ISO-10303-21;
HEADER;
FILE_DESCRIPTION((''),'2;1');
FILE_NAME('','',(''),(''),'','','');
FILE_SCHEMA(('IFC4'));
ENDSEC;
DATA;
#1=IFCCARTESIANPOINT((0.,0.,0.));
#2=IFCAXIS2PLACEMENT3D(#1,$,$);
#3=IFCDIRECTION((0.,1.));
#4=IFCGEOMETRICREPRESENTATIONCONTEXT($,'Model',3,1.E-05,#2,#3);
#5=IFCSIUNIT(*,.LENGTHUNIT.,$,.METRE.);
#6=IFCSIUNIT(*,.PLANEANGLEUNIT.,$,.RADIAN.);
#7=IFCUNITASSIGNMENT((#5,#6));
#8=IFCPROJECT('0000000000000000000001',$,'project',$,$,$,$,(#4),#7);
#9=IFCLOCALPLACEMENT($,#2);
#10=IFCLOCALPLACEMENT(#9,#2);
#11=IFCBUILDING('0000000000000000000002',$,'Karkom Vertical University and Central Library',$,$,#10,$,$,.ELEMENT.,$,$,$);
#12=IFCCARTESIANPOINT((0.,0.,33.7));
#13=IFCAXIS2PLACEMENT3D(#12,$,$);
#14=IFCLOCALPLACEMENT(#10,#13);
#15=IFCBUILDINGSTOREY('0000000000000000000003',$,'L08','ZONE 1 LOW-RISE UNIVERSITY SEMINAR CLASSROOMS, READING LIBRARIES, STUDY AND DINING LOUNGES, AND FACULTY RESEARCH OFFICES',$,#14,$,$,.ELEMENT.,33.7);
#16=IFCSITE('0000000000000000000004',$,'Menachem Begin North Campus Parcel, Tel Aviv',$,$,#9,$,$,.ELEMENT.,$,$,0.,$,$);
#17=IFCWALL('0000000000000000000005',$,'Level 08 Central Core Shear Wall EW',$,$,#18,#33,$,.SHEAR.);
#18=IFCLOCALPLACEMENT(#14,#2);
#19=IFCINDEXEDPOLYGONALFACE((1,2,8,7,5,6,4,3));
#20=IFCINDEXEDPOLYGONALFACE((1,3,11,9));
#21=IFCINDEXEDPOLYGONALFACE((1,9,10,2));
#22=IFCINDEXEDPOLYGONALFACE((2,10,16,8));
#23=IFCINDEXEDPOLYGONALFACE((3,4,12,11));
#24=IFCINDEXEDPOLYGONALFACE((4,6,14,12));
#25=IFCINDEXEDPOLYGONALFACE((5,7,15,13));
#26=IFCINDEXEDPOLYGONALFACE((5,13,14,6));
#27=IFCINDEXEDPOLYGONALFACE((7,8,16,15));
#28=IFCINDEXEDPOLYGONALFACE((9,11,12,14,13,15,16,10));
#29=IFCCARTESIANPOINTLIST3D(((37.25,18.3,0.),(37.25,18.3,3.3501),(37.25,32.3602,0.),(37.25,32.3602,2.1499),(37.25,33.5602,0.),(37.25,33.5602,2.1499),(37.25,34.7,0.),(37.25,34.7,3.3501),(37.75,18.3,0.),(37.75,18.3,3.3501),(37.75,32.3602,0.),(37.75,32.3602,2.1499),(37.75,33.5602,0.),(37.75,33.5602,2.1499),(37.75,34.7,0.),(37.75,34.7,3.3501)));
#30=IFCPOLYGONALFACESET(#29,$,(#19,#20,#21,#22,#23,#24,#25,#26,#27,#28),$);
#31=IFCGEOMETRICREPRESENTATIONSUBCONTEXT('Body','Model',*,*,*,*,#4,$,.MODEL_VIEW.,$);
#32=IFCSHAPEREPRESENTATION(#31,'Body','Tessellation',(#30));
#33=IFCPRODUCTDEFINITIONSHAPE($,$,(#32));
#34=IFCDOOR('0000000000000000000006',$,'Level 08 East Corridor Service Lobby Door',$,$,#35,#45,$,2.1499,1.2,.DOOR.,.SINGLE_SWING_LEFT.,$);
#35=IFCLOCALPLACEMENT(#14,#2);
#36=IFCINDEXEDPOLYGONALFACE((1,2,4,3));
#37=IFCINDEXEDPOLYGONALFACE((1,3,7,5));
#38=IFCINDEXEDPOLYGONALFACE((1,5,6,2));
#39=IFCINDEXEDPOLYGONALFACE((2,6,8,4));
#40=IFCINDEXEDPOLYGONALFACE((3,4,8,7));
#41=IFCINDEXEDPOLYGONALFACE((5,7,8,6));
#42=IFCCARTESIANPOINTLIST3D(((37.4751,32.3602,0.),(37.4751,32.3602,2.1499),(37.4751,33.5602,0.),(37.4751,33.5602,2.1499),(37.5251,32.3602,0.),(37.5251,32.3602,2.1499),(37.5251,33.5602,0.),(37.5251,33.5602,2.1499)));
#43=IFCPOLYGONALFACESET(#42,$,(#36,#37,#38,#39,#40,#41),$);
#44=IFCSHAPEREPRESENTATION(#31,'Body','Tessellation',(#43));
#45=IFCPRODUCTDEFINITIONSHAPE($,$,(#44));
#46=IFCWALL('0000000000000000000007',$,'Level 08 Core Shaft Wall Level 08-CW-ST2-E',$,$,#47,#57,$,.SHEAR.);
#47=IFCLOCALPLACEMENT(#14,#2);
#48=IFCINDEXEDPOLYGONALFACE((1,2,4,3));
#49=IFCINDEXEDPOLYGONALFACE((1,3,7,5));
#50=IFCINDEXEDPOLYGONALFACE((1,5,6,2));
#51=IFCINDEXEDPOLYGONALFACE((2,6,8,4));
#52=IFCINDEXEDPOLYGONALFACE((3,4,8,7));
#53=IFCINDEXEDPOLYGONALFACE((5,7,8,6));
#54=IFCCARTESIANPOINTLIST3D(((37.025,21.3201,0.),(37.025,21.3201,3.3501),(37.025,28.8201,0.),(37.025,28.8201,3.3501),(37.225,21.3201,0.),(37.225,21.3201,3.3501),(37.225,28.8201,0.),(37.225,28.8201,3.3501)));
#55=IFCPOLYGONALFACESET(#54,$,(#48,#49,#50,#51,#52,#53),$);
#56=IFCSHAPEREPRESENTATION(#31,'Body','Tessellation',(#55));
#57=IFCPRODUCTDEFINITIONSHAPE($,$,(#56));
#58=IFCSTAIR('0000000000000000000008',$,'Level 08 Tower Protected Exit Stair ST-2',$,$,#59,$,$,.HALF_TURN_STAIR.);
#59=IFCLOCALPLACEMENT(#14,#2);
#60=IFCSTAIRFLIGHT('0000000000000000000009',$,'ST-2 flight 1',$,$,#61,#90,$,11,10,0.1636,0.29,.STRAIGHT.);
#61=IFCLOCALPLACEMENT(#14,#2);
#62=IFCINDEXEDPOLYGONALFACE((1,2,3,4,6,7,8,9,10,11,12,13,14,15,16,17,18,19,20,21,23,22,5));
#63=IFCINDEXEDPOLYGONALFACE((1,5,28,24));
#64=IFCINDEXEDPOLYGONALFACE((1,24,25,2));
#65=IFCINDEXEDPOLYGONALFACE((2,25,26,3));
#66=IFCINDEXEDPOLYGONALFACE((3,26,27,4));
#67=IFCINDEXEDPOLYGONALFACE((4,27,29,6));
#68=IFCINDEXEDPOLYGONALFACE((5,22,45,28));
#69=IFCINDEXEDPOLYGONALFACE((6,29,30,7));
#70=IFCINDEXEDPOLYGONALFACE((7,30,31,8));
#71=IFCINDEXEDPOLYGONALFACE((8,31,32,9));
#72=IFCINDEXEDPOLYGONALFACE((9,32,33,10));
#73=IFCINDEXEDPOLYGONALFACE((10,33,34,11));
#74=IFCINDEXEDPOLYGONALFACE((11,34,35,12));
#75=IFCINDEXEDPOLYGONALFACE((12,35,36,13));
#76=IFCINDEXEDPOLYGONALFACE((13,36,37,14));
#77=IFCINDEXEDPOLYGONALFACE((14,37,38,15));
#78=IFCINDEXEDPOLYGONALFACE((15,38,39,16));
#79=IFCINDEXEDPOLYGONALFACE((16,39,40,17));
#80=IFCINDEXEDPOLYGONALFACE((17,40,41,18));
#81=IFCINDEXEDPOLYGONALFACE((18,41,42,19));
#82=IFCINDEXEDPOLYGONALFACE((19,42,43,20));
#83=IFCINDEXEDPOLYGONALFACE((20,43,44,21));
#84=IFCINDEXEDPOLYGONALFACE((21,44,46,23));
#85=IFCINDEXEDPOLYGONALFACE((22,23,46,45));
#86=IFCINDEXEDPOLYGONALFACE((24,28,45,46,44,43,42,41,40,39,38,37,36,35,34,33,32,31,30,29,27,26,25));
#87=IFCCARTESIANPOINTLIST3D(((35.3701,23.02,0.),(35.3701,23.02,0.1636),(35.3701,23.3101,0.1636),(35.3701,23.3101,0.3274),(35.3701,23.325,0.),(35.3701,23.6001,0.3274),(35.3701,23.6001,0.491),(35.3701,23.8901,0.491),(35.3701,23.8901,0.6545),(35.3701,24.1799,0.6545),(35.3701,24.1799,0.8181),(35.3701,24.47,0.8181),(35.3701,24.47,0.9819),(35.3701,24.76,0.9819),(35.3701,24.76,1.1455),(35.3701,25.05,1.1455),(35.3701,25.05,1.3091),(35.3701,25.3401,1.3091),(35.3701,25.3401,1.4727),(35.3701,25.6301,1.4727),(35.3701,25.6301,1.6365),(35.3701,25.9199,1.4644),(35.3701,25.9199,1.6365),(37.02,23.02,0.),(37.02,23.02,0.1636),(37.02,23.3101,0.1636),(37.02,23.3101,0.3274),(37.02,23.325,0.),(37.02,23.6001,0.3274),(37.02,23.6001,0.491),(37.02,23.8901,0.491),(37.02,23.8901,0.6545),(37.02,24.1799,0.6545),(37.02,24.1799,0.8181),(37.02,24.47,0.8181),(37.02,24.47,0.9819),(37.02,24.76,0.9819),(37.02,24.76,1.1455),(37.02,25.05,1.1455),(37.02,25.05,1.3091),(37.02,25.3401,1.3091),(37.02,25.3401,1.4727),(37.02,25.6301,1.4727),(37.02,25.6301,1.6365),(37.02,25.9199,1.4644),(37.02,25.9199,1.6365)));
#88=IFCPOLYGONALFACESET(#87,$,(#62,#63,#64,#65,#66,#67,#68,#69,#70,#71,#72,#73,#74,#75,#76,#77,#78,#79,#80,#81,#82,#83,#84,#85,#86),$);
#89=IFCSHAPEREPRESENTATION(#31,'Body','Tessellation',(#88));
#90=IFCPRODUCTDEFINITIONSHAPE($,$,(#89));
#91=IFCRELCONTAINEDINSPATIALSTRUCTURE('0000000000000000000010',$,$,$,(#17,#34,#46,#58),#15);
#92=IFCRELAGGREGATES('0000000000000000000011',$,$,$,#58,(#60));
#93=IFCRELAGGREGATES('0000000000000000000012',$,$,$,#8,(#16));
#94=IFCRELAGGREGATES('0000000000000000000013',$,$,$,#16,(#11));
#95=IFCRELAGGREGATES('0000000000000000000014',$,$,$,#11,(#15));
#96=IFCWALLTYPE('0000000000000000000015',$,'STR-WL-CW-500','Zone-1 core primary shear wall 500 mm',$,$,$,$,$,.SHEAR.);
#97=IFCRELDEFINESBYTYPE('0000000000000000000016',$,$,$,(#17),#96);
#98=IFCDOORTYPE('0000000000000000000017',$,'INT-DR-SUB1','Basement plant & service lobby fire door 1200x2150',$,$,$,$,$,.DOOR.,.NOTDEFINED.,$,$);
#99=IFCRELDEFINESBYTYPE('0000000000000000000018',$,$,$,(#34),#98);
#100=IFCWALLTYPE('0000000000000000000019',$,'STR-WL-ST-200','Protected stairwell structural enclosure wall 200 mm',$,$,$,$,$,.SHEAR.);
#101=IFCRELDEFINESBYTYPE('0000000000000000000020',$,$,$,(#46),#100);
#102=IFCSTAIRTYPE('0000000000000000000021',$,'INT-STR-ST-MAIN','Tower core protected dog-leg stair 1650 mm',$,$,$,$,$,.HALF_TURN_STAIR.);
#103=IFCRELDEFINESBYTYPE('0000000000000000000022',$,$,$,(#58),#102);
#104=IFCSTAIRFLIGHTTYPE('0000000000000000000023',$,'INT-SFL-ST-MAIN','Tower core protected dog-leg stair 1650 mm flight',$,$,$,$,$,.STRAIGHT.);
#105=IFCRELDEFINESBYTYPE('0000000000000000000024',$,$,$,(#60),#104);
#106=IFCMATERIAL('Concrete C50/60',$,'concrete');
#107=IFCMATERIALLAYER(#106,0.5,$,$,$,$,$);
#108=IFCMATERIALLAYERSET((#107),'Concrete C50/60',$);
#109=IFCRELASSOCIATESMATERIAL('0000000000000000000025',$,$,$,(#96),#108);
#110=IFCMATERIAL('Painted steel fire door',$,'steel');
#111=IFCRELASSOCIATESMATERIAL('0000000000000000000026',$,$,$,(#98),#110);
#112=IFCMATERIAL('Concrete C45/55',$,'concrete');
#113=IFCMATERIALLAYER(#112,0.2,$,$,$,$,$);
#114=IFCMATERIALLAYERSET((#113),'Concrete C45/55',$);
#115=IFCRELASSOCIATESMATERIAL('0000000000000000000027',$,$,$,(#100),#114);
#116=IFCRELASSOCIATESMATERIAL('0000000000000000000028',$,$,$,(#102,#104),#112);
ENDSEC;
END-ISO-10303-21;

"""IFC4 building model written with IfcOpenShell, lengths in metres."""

from ifc_helpers import new_model, si_unit, direction, frame, frame_2d, origin, origin_with_axes, place, context, subcontext, project, spatial, polyline, rectangle, outline, extrude, source, transform, mapped, material, layer, layer_set, type_object, element, fill, aggregate, save


model = new_model("IFC4")

# Units and contexts
model_context = context("Model", 3, precision=1e-05, world=origin(), true_north=direction((0.0, 1.0)))
body_context = subcontext(model_context, "Body", "Model", "MODEL_VIEW")
ifc_project = project(units=[si_unit("LENGTHUNIT", "METRE"), si_unit("PLANEANGLEUNIT", "RADIAN")], contexts=[model_context])

# Site, building, storey
site_placement = place(None, origin())
site = spatial("IfcSite", under=ifc_project, at=site_placement, Name="Menachem Begin North Campus Parcel, Tel Aviv", CompositionType="ELEMENT", RefElevation=0.0)
building_placement = place(site_placement, origin())
building = spatial("IfcBuilding", under=site, at=building_placement, Name="Karkom Vertical University and Central Library", CompositionType="ELEMENT")
storey_placement = place(building_placement, frame((0.0, 0.0, 33.7)))
storey = spatial("IfcBuildingStorey", under=building, at=storey_placement, Name="L08", Description="ZONE 1 LOW-RISE UNIVERSITY SEMINAR CLASSROOMS, READING LIBRARIES, STUDY AND DINING LOUNGES, AND FACULTY RESEARCH OFFICES", CompositionType="ELEMENT", Elevation=33.7)

# Shared definitions
ifc_material_1 = material(Name="Concrete C50/60", Category="concrete")

# Wall, opening, door
ifc_layer_1 = layer(ifc_material_1, 0.5)
ifc_layer_set_1 = layer_set([ifc_layer_1], Name="Concrete C50/60")
wall_type_1 = type_object("IfcWallType", Name="STR-WL-CW-500", Description="Zone-1 core primary shear wall 500 mm", PredefinedType="SHEAR", material=ifc_layer_set_1)
wall_1_placement = place(storey_placement, frame((37.5, 18.3, 0.0), z_axis=(0.0, 0.0, 1.0), x_axis=(0.0, 1.0, 0.0)))
wall_1 = element("IfcWall", 1, at=wall_1_placement, inside=storey, type_object=wall_type_1, Name="Level 08 Central Core Shear Wall EW", PredefinedType="SHEAR", context=body_context, shape_type="SweptSolid", body=[
    extrude(rectangle(XDim=16.3999, YDim=0.5, at=frame_2d((8.2, 0.0))), origin(), (0.0, 0.0, 1.0), 3.3501),
])
opening_placement = place(wall_1_placement, frame((14.0601, 0.0, 0.0)))
opening = element("IfcOpeningElement", 2, at=opening_placement, cuts=wall_1, PredefinedType="OPENING", context=body_context, shape_type="SweptSolid", body=[
    extrude(rectangle(XDim=1.2, YDim=2.1499, at=frame_2d((0.6001, 1.075))), frame((0.0, 0.26, 0.0), z_axis=(0.0, -1.0, 0.0), x_axis=(1.0, 0.0, 0.0)), (0.0, 0.0, 1.0), 0.52),
])
ifc_material_2 = material(Name="Painted steel fire door", Category="steel")
door_type = type_object("IfcDoorType", Name="INT-DR-SUB1", Description="Basement plant & service lobby fire door 1200x2150", OperationType="NOTDEFINED", PredefinedType="DOOR", material=ifc_material_2)
shared_shape_1 = source(origin_with_axes(), body_context, "Body", "SweptSolid", [
    extrude(rectangle(XDim=1.2, YDim=2.1499, at=frame_2d((0.6001, 1.075))), frame((0.0, 0.0249, 0.0), z_axis=(0.0, -1.0, 0.0), x_axis=(1.0, 0.0, 0.0)), (0.0, 0.0, 1.0), 0.05),
])
door_placement = place(opening_placement, origin())
door = element("IfcDoor", 3, at=door_placement, inside=storey, type_object=door_type, Name="Level 08 East Corridor Service Lobby Door", OperationType="SINGLE_SWING_LEFT", OverallHeight=2.1499, OverallWidth=1.2, PredefinedType="DOOR", context=body_context, shape_type="MappedRepresentation", body=[
    mapped(shared_shape_1, transform((0.0, 0.0, 0.0), scale=1.0)),
])
fill(opening, door)

# Wall
ifc_material_3 = material(Name="Concrete C45/55", Category="concrete")
ifc_layer_2 = layer(ifc_material_3, 0.2)
ifc_layer_set_2 = layer_set([ifc_layer_2], Name="Concrete C45/55")
wall_type_2 = type_object("IfcWallType", Name="STR-WL-ST-200", Description="Protected stairwell structural enclosure wall 200 mm", PredefinedType="SHEAR", material=ifc_layer_set_2)
wall_2_placement = place(storey_placement, frame((37.125, 21.3201, 0.0), z_axis=(0.0, 0.0, 1.0), x_axis=(0.0, 1.0, 0.0)))
element("IfcWall", 4, at=wall_2_placement, inside=storey, type_object=wall_type_2, Name="Level 08 Core Shaft Wall Level 08-CW-ST2-E", PredefinedType="SHEAR", context=body_context, shape_type="SweptSolid", body=[
    extrude(rectangle(XDim=7.5, YDim=0.2, at=frame_2d((3.75, 0.0))), origin(), (0.0, 0.0, 1.0), 3.3501),
])

# Stair, stair flight
stair_type = type_object("IfcStairType", Name="INT-STR-ST-MAIN", Description="Tower core protected dog-leg stair 1650 mm", PredefinedType="HALF_TURN_STAIR", material=ifc_material_3)
stair_placement = place(storey_placement, origin())
stair = element("IfcStair", 5, at=stair_placement, inside=storey, type_object=stair_type, Name="Level 08 Tower Protected Exit Stair ST-2", PredefinedType="HALF_TURN_STAIR")
stair_flight_type = type_object("IfcStairFlightType", Name="INT-SFL-ST-MAIN", Description="Tower core protected dog-leg stair 1650 mm flight", PredefinedType="STRAIGHT", material=ifc_material_3)
stair_flight_placement = place(storey_placement, frame((36.1951, 23.02, 0.0), z_axis=(0.0, 0.0, 1.0), x_axis=(0.0, 1.0, 0.0)))
stair_flight = element("IfcStairFlight", 6, at=stair_flight_placement, type_object=stair_flight_type, Name="ST-2 flight 1", NumberOfRisers=11, NumberOfTreads=10, PredefinedType="STRAIGHT", RiserHeight=0.1636, TreadLength=0.29, context=body_context, shape_type="SweptSolid", body=[
    extrude(outline(polyline([(0.0, 0.0), (0.0, 0.1636), (0.29, 0.1636), (0.29, 0.3274), (0.5801, 0.3274), (0.5801, 0.491), (0.8701, 0.491), (0.8701, 0.6545), (1.1599, 0.6545), (1.1599, 0.8181), (1.45, 0.8181), (1.45, 0.9819), (1.74, 0.9819), (1.74, 1.1455), (2.03, 1.1455), (2.03, 1.3091), (2.3201, 1.3091), (2.3201, 1.4727), (2.6101, 1.4727), (2.6101, 1.6365), (2.8999, 1.6365), (2.8999, 1.8), (2.8999, 1.4644), (0.3049, 0.0), (0.0, 0.0)])), frame((0.0, 0.825, 0.0), z_axis=(0.0, -1.0, 0.0), x_axis=(1.0, 0.0, 0.0)), (0.0, 0.0, 1.0), 1.6499),
])
aggregate(stair, [stair_flight])

save(model, "model.ifc")
